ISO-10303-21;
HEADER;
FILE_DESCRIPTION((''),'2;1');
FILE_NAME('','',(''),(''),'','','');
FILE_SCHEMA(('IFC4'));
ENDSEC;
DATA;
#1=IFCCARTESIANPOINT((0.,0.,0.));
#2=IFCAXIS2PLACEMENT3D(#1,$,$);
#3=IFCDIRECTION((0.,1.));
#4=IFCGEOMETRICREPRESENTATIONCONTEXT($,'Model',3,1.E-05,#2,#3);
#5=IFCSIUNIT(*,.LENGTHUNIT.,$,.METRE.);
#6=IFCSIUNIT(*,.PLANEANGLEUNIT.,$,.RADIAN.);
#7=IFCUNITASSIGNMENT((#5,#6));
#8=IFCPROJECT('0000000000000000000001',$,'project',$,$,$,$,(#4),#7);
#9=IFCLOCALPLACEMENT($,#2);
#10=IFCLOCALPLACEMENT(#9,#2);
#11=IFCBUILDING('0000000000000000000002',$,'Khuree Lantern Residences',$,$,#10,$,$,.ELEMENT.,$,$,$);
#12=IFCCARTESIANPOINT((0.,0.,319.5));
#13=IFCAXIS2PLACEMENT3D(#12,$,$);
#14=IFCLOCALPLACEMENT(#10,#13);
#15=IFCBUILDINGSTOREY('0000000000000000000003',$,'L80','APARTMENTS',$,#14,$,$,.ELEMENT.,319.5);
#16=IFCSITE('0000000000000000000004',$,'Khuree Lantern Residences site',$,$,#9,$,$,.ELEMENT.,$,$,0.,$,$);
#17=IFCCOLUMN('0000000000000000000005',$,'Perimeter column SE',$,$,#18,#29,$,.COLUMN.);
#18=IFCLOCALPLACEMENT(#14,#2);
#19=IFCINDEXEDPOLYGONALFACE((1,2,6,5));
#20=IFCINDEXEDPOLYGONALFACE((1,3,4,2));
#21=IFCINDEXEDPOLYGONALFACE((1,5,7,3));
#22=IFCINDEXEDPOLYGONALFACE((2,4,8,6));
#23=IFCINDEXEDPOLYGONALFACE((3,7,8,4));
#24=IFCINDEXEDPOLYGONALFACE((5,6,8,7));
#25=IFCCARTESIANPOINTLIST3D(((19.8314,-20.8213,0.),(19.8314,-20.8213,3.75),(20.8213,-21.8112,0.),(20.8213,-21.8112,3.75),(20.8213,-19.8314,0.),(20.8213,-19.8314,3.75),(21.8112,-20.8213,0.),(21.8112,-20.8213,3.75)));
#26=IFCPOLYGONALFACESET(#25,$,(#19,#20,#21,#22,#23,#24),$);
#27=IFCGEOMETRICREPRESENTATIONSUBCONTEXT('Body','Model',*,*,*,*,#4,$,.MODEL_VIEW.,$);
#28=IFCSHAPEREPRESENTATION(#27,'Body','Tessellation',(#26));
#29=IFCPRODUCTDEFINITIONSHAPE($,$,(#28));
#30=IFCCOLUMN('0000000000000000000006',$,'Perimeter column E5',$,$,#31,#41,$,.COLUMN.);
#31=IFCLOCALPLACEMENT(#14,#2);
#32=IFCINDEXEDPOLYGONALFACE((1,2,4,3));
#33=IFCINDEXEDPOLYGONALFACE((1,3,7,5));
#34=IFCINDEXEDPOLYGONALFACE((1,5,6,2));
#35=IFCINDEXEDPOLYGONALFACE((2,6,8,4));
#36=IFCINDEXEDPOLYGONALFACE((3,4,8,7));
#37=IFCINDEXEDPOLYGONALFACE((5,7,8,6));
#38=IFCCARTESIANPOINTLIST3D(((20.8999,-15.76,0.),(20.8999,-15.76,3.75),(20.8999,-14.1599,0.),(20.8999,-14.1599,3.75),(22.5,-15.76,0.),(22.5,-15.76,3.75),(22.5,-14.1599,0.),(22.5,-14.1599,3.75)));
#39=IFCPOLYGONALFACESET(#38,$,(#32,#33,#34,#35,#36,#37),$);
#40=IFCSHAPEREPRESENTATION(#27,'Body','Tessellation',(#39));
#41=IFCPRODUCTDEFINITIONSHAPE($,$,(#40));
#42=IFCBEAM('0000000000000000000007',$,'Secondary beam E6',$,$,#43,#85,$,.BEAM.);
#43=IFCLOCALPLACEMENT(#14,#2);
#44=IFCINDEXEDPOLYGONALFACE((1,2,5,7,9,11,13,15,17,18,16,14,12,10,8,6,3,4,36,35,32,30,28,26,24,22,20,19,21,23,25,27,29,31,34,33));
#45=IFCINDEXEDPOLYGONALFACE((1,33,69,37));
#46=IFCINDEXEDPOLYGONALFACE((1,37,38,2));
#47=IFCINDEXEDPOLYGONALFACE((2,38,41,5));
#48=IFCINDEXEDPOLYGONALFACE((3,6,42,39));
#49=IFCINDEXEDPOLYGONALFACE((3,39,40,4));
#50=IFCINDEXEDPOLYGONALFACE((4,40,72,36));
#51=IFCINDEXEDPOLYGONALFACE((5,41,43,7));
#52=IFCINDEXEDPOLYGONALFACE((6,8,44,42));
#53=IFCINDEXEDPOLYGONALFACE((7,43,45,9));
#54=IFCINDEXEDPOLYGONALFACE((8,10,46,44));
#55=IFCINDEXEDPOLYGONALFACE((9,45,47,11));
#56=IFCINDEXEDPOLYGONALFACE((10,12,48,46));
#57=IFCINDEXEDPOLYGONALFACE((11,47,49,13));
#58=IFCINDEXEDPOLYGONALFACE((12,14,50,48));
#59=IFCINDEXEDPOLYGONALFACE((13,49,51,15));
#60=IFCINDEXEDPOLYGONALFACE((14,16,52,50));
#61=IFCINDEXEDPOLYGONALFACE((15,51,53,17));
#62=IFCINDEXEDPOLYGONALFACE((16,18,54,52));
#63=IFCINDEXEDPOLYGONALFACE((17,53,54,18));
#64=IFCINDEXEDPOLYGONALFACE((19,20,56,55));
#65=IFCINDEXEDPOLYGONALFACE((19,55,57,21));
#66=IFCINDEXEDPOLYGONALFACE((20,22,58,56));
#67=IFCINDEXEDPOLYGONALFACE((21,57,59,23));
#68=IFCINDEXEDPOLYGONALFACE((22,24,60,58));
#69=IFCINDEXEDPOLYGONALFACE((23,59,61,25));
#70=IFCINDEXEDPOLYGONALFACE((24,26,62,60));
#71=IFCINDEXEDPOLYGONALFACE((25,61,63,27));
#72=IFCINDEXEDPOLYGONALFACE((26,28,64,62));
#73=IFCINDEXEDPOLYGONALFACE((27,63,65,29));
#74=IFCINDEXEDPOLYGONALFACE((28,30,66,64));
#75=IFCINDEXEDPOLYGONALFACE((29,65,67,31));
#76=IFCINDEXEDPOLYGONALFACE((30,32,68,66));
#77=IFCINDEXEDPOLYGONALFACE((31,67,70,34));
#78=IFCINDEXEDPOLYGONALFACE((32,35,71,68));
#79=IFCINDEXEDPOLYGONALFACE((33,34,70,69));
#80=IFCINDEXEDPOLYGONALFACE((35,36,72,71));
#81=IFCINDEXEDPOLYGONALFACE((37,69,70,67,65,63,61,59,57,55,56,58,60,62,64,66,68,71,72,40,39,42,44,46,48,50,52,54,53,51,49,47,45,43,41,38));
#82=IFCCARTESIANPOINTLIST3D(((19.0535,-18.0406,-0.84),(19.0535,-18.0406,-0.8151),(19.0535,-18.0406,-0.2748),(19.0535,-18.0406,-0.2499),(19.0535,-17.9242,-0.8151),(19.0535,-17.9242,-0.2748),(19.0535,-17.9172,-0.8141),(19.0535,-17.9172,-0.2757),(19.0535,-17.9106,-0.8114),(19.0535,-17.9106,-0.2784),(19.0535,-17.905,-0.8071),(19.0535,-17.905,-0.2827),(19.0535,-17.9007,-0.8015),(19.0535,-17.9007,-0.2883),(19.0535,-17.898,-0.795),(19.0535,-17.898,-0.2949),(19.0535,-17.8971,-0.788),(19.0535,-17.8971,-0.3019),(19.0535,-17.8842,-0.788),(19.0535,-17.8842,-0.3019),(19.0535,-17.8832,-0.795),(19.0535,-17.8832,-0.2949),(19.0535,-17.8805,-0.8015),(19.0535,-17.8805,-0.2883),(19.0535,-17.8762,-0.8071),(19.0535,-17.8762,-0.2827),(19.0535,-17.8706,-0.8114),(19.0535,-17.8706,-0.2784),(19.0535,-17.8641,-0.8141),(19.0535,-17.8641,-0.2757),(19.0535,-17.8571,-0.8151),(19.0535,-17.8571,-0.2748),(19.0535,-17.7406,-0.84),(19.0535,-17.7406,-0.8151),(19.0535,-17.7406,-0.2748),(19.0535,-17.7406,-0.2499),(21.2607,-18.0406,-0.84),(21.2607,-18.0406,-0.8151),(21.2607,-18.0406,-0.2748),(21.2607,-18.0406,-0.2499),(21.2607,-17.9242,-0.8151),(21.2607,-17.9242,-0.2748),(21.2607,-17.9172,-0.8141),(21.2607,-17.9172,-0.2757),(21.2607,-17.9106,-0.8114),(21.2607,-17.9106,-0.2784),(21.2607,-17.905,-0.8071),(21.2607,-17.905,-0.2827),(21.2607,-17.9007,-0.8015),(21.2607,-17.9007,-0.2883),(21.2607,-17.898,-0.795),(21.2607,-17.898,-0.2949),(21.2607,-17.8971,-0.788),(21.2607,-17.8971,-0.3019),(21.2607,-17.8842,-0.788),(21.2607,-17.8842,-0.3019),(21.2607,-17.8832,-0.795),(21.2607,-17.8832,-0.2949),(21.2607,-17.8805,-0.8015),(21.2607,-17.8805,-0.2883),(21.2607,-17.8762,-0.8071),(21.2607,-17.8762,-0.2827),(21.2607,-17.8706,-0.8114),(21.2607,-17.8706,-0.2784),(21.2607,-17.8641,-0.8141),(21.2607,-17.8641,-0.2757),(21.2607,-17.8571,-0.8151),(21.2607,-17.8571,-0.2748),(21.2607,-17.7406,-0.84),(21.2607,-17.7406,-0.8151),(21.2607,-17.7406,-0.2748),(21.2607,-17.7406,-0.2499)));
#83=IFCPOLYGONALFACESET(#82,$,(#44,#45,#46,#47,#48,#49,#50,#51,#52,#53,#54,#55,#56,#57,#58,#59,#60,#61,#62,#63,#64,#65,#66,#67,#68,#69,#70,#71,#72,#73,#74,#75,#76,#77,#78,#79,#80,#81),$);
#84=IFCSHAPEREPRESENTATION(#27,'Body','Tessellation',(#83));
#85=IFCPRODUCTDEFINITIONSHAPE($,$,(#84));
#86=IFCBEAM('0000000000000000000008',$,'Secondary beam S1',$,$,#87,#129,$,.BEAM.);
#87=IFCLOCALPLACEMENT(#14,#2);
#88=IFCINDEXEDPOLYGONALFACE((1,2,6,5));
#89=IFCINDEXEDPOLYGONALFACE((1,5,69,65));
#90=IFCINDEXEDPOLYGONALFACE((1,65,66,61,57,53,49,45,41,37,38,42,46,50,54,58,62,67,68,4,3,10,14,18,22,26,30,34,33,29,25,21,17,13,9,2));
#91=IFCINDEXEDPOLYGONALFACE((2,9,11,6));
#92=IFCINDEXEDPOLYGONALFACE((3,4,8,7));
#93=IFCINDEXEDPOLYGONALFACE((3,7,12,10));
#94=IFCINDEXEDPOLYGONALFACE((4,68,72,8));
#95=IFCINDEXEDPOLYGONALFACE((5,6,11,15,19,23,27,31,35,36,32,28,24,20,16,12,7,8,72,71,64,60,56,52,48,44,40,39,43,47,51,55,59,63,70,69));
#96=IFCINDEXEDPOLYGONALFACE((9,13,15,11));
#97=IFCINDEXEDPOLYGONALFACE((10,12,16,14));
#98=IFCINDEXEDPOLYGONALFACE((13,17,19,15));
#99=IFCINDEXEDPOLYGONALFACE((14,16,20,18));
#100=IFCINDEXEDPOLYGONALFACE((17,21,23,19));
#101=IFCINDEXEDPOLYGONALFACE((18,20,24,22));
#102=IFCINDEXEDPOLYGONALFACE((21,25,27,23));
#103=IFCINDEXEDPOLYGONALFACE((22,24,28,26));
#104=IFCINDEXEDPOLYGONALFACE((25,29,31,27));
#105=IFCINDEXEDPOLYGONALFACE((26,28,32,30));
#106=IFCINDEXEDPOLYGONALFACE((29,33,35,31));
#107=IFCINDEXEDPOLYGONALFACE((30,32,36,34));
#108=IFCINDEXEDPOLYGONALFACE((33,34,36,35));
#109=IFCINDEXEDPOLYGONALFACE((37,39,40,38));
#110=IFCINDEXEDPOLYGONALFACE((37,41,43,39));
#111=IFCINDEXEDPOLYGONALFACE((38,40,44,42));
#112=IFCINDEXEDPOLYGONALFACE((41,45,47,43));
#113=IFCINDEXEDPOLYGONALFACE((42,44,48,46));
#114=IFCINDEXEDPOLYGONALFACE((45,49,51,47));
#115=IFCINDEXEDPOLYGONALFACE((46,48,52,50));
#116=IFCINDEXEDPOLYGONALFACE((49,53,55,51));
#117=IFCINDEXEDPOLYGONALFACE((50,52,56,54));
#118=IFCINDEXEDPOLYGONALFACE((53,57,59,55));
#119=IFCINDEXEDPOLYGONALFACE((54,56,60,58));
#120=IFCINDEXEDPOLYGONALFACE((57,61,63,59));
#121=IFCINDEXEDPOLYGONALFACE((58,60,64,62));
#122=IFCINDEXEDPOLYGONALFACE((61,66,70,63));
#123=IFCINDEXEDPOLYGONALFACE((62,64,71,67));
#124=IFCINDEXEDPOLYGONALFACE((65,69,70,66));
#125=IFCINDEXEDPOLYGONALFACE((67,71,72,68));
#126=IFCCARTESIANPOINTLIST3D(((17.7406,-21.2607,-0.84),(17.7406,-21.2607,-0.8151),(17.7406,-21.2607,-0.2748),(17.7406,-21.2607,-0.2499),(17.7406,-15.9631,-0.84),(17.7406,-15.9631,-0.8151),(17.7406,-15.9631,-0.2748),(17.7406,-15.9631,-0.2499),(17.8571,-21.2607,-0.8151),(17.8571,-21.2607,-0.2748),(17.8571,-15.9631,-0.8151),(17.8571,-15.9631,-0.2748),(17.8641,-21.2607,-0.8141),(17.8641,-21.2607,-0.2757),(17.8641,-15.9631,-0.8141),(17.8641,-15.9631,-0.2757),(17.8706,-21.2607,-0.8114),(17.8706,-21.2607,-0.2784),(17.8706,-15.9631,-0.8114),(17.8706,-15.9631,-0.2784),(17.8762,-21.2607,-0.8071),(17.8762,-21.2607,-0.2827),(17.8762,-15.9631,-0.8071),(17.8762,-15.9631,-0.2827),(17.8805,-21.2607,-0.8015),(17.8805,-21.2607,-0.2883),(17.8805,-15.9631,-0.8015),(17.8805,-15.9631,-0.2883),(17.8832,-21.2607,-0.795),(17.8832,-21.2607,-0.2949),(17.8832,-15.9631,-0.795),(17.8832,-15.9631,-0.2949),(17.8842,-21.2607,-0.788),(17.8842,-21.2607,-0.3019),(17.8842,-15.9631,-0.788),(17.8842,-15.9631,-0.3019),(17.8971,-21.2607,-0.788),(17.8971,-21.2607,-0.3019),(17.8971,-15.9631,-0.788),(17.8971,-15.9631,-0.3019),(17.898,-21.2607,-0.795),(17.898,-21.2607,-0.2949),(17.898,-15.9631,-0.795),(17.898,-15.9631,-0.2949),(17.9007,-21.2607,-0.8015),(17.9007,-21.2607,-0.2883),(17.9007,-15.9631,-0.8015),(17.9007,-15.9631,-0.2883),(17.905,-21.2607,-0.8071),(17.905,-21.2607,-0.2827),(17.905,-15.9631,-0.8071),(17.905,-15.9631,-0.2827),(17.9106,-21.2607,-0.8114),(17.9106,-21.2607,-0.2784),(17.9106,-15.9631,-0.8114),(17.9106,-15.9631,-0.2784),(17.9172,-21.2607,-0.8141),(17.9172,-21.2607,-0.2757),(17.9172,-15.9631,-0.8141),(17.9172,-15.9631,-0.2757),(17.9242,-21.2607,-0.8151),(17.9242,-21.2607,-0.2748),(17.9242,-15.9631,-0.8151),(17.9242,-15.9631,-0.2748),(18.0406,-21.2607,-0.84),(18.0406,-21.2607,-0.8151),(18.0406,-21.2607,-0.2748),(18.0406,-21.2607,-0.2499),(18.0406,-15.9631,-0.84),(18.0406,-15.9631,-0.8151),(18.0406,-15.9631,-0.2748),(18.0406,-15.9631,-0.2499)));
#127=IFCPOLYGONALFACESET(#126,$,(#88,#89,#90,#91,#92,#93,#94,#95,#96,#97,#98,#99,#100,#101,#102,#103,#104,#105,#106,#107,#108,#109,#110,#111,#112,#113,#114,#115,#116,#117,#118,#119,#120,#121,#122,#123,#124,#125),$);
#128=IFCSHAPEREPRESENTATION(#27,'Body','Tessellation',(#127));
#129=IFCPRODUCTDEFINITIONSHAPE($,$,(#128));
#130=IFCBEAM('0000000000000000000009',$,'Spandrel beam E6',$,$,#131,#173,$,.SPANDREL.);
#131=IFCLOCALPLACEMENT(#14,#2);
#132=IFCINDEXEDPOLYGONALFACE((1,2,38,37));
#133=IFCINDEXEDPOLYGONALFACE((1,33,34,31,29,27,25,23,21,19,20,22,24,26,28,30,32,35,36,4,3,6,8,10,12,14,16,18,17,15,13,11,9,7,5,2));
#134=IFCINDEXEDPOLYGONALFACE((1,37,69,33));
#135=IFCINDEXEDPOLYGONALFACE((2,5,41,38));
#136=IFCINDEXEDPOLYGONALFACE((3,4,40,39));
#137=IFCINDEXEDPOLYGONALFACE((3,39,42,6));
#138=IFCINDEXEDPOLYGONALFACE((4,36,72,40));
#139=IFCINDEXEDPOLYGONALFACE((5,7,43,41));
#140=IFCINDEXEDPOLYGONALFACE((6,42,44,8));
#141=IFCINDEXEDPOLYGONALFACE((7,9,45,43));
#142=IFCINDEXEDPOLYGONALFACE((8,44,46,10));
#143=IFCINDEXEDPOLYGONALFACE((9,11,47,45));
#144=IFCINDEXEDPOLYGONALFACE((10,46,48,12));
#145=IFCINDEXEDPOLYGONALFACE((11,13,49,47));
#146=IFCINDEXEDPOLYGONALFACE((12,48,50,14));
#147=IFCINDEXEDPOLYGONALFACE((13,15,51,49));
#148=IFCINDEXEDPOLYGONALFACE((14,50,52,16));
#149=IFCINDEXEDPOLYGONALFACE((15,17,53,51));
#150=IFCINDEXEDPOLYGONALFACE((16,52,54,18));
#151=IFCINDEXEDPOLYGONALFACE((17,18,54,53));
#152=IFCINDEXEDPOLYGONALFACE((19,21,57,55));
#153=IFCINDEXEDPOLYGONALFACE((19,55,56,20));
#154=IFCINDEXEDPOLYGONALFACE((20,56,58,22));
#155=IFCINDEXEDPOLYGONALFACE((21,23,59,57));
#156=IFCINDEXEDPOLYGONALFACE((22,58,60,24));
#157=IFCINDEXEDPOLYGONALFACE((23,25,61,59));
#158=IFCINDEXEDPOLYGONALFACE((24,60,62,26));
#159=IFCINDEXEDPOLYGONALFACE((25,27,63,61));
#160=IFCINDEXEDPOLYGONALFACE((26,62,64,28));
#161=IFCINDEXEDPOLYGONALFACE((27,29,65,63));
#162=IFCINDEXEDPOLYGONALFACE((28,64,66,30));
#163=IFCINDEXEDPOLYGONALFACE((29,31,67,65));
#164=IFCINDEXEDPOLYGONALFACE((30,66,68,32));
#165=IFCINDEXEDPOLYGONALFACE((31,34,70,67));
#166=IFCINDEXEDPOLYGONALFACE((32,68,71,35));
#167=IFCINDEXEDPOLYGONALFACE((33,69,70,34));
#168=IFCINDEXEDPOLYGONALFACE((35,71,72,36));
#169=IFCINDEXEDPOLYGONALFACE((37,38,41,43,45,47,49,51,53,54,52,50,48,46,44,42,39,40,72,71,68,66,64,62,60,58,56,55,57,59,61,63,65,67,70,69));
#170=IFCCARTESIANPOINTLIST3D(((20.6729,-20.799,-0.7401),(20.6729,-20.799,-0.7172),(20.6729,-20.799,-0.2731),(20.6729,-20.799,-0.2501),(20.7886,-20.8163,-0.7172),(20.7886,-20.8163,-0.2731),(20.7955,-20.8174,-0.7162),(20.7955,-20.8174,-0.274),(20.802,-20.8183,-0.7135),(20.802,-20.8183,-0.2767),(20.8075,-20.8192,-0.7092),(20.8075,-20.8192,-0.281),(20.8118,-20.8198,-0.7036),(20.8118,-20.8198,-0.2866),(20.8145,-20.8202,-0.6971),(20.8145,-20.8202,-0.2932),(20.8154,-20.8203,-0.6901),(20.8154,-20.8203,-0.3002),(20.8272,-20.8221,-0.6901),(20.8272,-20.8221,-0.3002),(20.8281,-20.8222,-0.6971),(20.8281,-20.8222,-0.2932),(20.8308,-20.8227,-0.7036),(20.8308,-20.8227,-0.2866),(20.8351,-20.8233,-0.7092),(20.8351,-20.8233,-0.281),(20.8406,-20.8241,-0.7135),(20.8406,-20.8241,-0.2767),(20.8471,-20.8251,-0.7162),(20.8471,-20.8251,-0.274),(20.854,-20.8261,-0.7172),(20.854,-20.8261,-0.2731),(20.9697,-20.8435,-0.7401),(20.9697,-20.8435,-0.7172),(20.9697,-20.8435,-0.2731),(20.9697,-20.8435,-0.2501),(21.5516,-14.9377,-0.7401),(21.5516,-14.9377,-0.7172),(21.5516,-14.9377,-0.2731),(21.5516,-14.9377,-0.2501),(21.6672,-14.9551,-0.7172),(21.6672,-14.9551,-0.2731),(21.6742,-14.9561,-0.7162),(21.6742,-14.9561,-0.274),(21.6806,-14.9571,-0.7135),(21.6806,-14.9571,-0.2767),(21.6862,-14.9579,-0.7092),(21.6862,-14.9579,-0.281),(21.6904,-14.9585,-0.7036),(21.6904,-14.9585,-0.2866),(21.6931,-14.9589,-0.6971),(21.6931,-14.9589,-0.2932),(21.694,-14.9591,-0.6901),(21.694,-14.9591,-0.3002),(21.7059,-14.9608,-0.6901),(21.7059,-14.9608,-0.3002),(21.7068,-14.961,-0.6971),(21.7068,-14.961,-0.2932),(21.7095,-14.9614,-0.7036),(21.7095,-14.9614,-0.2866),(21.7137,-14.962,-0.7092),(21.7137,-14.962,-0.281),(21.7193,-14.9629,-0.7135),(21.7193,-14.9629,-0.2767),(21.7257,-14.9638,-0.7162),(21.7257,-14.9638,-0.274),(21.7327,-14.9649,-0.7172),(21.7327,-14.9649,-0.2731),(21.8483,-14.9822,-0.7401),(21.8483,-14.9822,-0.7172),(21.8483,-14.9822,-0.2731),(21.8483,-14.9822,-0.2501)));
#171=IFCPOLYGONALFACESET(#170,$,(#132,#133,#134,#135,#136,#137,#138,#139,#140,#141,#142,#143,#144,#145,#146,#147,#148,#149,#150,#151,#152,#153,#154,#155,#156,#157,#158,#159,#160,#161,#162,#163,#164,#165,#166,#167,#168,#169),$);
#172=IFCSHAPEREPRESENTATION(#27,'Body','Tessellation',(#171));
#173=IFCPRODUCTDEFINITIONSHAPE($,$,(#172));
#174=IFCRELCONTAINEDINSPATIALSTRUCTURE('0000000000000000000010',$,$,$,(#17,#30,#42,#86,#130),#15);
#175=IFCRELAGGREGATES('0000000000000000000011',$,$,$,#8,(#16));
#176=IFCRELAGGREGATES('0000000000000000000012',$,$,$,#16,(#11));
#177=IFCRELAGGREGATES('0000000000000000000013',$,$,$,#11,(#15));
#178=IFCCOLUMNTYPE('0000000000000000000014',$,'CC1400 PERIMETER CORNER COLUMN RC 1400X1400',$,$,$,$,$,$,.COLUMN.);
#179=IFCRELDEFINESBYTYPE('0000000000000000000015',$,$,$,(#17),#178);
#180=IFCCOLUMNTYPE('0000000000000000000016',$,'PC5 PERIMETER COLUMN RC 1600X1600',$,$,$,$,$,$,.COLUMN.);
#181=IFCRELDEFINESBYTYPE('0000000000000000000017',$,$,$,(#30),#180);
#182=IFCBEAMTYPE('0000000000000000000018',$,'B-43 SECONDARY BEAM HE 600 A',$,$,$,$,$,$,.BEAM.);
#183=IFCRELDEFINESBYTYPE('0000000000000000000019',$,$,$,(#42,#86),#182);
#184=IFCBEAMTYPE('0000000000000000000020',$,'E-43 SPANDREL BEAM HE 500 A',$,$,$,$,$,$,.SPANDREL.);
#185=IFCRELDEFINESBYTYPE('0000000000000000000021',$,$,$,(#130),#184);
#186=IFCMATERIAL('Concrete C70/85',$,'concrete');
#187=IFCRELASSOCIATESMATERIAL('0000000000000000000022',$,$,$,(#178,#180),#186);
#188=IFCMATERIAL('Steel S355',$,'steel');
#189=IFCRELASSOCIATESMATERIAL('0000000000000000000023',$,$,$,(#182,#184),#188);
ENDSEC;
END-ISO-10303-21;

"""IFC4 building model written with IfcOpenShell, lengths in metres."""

from ifc_helpers import new_model, si_unit, direction, frame, origin, origin_2d, place, context, subcontext, project, spatial, rectangle, i_section, extrude, material, material_profile, profile_set, type_object, element, save


model = new_model("IFC4")

# Units and contexts
model_context = context("Model", 3, precision=1e-05, world=origin(), true_north=direction((0.0, 1.0)))
body_context = subcontext(model_context, "Body", "Model", "MODEL_VIEW")
ifc_project = project(units=[si_unit("LENGTHUNIT", "METRE"), si_unit("PLANEANGLEUNIT", "RADIAN")], contexts=[model_context])

# Site, building, storey
site_placement = place(None, origin())
site = spatial("IfcSite", under=ifc_project, at=site_placement, Name="Khuree Lantern Residences site", CompositionType="ELEMENT", RefElevation=0.0)
building_placement = place(site_placement, origin())
building = spatial("IfcBuilding", under=site, at=building_placement, Name="Khuree Lantern Residences", CompositionType="ELEMENT")
storey_placement = place(building_placement, frame((0.0, 0.0, 319.5)))
storey = spatial("IfcBuildingStorey", under=building, at=storey_placement, Name="L80", Description="APARTMENTS", CompositionType="ELEMENT", Elevation=319.5)

# Columns
ifc_material_1 = material(Name="Concrete C70/85", Category="concrete")
ifc_material_profile_1 = material_profile(ifc_material_1, rectangle(XDim=1.3999, YDim=1.3999, at=origin_2d()), Name="RC 1400X1400")
ifc_profile_set_1 = profile_set([ifc_material_profile_1], Name="Concrete C70/85")
column_type_1 = type_object("IfcColumnType", Name="CC1400 PERIMETER CORNER COLUMN RC 1400X1400", PredefinedType="COLUMN", material=ifc_profile_set_1)
column_1_placement = place(storey_placement, frame((20.8213, -20.8213, 0.0), z_axis=(0.0, 0.0, 1.0), x_axis=(0.707107, 0.707107, 0.0)))
element("IfcColumn", 1, at=column_1_placement, inside=storey, type_object=column_type_1, Name="Perimeter column SE", PredefinedType="COLUMN", context=body_context, shape_type="SweptSolid", body=[
    extrude(rectangle(XDim=1.3999, YDim=1.3999, at=origin_2d()), origin(), (0.0, 0.0, 1.0), 3.75),
])
ifc_material_profile_2 = material_profile(ifc_material_1, rectangle(XDim=1.6001, YDim=1.6001, at=origin_2d()), Name="RC 1600X1600")
ifc_profile_set_2 = profile_set([ifc_material_profile_2], Name="Concrete C70/85")
column_type_2 = type_object("IfcColumnType", Name="PC5 PERIMETER COLUMN RC 1600X1600", PredefinedType="COLUMN", material=ifc_profile_set_2)
column_2_placement = place(storey_placement, frame((21.7, -14.96, 0.0), z_axis=(0.0, 0.0, 1.0), x_axis=(0.0, 1.0, 0.0)))
element("IfcColumn", 2, at=column_2_placement, inside=storey, type_object=column_type_2, Name="Perimeter column E5", PredefinedType="COLUMN", context=body_context, shape_type="SweptSolid", body=[
    extrude(rectangle(XDim=1.6001, YDim=1.6001, at=origin_2d()), origin(), (0.0, 0.0, 1.0), 3.75),
])

# Beams
ifc_material_2 = material(Name="Steel S355", Category="steel")
ifc_material_profile_3 = material_profile(ifc_material_2, i_section(OverallWidth=0.3, OverallDepth=0.5901, WebThickness=0.0129, FlangeThickness=0.0249, FilletRadius=0.0271, at=origin_2d()), Name="HE 600 A")
ifc_profile_set_3 = profile_set([ifc_material_profile_3], Name="Steel S355")
beam_type_1 = type_object("IfcBeamType", Name="B-43 SECONDARY BEAM HE 600 A", PredefinedType="BEAM", material=ifc_profile_set_3)
beam_1_placement = place(storey_placement, frame((21.2607, -17.8906, -0.5449), z_axis=(-1.0, 0.0, 0.0), x_axis=(0.0, -1.0, 0.0)))
element("IfcBeam", 3, at=beam_1_placement, inside=storey, type_object=beam_type_1, Name="Secondary beam E6", PredefinedType="BEAM", context=body_context, shape_type="SweptSolid", body=[
    extrude(i_section(OverallWidth=0.3, OverallDepth=0.5901, WebThickness=0.0129, FlangeThickness=0.0249, FilletRadius=0.0271, at=origin_2d()), origin(), (0.0, 0.0, 1.0), 2.2073),
])
beam_2_placement = place(storey_placement, frame((17.8906, -21.2607, -0.5449), z_axis=(0.0, 1.0, 0.0), x_axis=(-1.0, 0.0, 0.0)))
element("IfcBeam", 4, at=beam_2_placement, inside=storey, type_object=beam_type_1, Name="Secondary beam S1", PredefinedType="BEAM", context=body_context, shape_type="SweptSolid", body=[
    extrude(i_section(OverallWidth=0.3, OverallDepth=0.5901, WebThickness=0.0129, FlangeThickness=0.0249, FilletRadius=0.0271, at=origin_2d()), origin(), (0.0, 0.0, 1.0), 5.2976),
])
ifc_material_profile_4 = material_profile(ifc_material_2, i_section(OverallWidth=0.3, OverallDepth=0.49, WebThickness=0.012, FlangeThickness=0.0229, FilletRadius=0.0271, at=origin_2d()), Name="HE 500 A")
ifc_profile_set_4 = profile_set([ifc_material_profile_4], Name="Steel S355")
beam_type_2 = type_object("IfcBeamType", Name="E-43 SPANDREL BEAM HE 500 A", PredefinedType="SPANDREL", material=ifc_profile_set_4)
for number, where, z_axis, x_axis, name in (
    (5, (21.7, -14.96, -0.4951), (-0.148252, -0.98895, 0.0), (0.98895, -0.148252, 0.0), "Spandrel beam E6"),
):
    element("IfcBeam", number, at=place(storey_placement, frame(where, z_axis=z_axis, x_axis=x_axis)), inside=storey, type_object=beam_type_2, Name=name, PredefinedType="SPANDREL", context=body_context, shape_type="SweptSolid", body=[
        extrude(i_section(OverallWidth=0.3, OverallDepth=0.49, WebThickness=0.012, FlangeThickness=0.0229, FilletRadius=0.0271, at=origin_2d()), origin(), (0.0, 0.0, 1.0), 5.9268),
    ])

save(model, "model.ifc")
